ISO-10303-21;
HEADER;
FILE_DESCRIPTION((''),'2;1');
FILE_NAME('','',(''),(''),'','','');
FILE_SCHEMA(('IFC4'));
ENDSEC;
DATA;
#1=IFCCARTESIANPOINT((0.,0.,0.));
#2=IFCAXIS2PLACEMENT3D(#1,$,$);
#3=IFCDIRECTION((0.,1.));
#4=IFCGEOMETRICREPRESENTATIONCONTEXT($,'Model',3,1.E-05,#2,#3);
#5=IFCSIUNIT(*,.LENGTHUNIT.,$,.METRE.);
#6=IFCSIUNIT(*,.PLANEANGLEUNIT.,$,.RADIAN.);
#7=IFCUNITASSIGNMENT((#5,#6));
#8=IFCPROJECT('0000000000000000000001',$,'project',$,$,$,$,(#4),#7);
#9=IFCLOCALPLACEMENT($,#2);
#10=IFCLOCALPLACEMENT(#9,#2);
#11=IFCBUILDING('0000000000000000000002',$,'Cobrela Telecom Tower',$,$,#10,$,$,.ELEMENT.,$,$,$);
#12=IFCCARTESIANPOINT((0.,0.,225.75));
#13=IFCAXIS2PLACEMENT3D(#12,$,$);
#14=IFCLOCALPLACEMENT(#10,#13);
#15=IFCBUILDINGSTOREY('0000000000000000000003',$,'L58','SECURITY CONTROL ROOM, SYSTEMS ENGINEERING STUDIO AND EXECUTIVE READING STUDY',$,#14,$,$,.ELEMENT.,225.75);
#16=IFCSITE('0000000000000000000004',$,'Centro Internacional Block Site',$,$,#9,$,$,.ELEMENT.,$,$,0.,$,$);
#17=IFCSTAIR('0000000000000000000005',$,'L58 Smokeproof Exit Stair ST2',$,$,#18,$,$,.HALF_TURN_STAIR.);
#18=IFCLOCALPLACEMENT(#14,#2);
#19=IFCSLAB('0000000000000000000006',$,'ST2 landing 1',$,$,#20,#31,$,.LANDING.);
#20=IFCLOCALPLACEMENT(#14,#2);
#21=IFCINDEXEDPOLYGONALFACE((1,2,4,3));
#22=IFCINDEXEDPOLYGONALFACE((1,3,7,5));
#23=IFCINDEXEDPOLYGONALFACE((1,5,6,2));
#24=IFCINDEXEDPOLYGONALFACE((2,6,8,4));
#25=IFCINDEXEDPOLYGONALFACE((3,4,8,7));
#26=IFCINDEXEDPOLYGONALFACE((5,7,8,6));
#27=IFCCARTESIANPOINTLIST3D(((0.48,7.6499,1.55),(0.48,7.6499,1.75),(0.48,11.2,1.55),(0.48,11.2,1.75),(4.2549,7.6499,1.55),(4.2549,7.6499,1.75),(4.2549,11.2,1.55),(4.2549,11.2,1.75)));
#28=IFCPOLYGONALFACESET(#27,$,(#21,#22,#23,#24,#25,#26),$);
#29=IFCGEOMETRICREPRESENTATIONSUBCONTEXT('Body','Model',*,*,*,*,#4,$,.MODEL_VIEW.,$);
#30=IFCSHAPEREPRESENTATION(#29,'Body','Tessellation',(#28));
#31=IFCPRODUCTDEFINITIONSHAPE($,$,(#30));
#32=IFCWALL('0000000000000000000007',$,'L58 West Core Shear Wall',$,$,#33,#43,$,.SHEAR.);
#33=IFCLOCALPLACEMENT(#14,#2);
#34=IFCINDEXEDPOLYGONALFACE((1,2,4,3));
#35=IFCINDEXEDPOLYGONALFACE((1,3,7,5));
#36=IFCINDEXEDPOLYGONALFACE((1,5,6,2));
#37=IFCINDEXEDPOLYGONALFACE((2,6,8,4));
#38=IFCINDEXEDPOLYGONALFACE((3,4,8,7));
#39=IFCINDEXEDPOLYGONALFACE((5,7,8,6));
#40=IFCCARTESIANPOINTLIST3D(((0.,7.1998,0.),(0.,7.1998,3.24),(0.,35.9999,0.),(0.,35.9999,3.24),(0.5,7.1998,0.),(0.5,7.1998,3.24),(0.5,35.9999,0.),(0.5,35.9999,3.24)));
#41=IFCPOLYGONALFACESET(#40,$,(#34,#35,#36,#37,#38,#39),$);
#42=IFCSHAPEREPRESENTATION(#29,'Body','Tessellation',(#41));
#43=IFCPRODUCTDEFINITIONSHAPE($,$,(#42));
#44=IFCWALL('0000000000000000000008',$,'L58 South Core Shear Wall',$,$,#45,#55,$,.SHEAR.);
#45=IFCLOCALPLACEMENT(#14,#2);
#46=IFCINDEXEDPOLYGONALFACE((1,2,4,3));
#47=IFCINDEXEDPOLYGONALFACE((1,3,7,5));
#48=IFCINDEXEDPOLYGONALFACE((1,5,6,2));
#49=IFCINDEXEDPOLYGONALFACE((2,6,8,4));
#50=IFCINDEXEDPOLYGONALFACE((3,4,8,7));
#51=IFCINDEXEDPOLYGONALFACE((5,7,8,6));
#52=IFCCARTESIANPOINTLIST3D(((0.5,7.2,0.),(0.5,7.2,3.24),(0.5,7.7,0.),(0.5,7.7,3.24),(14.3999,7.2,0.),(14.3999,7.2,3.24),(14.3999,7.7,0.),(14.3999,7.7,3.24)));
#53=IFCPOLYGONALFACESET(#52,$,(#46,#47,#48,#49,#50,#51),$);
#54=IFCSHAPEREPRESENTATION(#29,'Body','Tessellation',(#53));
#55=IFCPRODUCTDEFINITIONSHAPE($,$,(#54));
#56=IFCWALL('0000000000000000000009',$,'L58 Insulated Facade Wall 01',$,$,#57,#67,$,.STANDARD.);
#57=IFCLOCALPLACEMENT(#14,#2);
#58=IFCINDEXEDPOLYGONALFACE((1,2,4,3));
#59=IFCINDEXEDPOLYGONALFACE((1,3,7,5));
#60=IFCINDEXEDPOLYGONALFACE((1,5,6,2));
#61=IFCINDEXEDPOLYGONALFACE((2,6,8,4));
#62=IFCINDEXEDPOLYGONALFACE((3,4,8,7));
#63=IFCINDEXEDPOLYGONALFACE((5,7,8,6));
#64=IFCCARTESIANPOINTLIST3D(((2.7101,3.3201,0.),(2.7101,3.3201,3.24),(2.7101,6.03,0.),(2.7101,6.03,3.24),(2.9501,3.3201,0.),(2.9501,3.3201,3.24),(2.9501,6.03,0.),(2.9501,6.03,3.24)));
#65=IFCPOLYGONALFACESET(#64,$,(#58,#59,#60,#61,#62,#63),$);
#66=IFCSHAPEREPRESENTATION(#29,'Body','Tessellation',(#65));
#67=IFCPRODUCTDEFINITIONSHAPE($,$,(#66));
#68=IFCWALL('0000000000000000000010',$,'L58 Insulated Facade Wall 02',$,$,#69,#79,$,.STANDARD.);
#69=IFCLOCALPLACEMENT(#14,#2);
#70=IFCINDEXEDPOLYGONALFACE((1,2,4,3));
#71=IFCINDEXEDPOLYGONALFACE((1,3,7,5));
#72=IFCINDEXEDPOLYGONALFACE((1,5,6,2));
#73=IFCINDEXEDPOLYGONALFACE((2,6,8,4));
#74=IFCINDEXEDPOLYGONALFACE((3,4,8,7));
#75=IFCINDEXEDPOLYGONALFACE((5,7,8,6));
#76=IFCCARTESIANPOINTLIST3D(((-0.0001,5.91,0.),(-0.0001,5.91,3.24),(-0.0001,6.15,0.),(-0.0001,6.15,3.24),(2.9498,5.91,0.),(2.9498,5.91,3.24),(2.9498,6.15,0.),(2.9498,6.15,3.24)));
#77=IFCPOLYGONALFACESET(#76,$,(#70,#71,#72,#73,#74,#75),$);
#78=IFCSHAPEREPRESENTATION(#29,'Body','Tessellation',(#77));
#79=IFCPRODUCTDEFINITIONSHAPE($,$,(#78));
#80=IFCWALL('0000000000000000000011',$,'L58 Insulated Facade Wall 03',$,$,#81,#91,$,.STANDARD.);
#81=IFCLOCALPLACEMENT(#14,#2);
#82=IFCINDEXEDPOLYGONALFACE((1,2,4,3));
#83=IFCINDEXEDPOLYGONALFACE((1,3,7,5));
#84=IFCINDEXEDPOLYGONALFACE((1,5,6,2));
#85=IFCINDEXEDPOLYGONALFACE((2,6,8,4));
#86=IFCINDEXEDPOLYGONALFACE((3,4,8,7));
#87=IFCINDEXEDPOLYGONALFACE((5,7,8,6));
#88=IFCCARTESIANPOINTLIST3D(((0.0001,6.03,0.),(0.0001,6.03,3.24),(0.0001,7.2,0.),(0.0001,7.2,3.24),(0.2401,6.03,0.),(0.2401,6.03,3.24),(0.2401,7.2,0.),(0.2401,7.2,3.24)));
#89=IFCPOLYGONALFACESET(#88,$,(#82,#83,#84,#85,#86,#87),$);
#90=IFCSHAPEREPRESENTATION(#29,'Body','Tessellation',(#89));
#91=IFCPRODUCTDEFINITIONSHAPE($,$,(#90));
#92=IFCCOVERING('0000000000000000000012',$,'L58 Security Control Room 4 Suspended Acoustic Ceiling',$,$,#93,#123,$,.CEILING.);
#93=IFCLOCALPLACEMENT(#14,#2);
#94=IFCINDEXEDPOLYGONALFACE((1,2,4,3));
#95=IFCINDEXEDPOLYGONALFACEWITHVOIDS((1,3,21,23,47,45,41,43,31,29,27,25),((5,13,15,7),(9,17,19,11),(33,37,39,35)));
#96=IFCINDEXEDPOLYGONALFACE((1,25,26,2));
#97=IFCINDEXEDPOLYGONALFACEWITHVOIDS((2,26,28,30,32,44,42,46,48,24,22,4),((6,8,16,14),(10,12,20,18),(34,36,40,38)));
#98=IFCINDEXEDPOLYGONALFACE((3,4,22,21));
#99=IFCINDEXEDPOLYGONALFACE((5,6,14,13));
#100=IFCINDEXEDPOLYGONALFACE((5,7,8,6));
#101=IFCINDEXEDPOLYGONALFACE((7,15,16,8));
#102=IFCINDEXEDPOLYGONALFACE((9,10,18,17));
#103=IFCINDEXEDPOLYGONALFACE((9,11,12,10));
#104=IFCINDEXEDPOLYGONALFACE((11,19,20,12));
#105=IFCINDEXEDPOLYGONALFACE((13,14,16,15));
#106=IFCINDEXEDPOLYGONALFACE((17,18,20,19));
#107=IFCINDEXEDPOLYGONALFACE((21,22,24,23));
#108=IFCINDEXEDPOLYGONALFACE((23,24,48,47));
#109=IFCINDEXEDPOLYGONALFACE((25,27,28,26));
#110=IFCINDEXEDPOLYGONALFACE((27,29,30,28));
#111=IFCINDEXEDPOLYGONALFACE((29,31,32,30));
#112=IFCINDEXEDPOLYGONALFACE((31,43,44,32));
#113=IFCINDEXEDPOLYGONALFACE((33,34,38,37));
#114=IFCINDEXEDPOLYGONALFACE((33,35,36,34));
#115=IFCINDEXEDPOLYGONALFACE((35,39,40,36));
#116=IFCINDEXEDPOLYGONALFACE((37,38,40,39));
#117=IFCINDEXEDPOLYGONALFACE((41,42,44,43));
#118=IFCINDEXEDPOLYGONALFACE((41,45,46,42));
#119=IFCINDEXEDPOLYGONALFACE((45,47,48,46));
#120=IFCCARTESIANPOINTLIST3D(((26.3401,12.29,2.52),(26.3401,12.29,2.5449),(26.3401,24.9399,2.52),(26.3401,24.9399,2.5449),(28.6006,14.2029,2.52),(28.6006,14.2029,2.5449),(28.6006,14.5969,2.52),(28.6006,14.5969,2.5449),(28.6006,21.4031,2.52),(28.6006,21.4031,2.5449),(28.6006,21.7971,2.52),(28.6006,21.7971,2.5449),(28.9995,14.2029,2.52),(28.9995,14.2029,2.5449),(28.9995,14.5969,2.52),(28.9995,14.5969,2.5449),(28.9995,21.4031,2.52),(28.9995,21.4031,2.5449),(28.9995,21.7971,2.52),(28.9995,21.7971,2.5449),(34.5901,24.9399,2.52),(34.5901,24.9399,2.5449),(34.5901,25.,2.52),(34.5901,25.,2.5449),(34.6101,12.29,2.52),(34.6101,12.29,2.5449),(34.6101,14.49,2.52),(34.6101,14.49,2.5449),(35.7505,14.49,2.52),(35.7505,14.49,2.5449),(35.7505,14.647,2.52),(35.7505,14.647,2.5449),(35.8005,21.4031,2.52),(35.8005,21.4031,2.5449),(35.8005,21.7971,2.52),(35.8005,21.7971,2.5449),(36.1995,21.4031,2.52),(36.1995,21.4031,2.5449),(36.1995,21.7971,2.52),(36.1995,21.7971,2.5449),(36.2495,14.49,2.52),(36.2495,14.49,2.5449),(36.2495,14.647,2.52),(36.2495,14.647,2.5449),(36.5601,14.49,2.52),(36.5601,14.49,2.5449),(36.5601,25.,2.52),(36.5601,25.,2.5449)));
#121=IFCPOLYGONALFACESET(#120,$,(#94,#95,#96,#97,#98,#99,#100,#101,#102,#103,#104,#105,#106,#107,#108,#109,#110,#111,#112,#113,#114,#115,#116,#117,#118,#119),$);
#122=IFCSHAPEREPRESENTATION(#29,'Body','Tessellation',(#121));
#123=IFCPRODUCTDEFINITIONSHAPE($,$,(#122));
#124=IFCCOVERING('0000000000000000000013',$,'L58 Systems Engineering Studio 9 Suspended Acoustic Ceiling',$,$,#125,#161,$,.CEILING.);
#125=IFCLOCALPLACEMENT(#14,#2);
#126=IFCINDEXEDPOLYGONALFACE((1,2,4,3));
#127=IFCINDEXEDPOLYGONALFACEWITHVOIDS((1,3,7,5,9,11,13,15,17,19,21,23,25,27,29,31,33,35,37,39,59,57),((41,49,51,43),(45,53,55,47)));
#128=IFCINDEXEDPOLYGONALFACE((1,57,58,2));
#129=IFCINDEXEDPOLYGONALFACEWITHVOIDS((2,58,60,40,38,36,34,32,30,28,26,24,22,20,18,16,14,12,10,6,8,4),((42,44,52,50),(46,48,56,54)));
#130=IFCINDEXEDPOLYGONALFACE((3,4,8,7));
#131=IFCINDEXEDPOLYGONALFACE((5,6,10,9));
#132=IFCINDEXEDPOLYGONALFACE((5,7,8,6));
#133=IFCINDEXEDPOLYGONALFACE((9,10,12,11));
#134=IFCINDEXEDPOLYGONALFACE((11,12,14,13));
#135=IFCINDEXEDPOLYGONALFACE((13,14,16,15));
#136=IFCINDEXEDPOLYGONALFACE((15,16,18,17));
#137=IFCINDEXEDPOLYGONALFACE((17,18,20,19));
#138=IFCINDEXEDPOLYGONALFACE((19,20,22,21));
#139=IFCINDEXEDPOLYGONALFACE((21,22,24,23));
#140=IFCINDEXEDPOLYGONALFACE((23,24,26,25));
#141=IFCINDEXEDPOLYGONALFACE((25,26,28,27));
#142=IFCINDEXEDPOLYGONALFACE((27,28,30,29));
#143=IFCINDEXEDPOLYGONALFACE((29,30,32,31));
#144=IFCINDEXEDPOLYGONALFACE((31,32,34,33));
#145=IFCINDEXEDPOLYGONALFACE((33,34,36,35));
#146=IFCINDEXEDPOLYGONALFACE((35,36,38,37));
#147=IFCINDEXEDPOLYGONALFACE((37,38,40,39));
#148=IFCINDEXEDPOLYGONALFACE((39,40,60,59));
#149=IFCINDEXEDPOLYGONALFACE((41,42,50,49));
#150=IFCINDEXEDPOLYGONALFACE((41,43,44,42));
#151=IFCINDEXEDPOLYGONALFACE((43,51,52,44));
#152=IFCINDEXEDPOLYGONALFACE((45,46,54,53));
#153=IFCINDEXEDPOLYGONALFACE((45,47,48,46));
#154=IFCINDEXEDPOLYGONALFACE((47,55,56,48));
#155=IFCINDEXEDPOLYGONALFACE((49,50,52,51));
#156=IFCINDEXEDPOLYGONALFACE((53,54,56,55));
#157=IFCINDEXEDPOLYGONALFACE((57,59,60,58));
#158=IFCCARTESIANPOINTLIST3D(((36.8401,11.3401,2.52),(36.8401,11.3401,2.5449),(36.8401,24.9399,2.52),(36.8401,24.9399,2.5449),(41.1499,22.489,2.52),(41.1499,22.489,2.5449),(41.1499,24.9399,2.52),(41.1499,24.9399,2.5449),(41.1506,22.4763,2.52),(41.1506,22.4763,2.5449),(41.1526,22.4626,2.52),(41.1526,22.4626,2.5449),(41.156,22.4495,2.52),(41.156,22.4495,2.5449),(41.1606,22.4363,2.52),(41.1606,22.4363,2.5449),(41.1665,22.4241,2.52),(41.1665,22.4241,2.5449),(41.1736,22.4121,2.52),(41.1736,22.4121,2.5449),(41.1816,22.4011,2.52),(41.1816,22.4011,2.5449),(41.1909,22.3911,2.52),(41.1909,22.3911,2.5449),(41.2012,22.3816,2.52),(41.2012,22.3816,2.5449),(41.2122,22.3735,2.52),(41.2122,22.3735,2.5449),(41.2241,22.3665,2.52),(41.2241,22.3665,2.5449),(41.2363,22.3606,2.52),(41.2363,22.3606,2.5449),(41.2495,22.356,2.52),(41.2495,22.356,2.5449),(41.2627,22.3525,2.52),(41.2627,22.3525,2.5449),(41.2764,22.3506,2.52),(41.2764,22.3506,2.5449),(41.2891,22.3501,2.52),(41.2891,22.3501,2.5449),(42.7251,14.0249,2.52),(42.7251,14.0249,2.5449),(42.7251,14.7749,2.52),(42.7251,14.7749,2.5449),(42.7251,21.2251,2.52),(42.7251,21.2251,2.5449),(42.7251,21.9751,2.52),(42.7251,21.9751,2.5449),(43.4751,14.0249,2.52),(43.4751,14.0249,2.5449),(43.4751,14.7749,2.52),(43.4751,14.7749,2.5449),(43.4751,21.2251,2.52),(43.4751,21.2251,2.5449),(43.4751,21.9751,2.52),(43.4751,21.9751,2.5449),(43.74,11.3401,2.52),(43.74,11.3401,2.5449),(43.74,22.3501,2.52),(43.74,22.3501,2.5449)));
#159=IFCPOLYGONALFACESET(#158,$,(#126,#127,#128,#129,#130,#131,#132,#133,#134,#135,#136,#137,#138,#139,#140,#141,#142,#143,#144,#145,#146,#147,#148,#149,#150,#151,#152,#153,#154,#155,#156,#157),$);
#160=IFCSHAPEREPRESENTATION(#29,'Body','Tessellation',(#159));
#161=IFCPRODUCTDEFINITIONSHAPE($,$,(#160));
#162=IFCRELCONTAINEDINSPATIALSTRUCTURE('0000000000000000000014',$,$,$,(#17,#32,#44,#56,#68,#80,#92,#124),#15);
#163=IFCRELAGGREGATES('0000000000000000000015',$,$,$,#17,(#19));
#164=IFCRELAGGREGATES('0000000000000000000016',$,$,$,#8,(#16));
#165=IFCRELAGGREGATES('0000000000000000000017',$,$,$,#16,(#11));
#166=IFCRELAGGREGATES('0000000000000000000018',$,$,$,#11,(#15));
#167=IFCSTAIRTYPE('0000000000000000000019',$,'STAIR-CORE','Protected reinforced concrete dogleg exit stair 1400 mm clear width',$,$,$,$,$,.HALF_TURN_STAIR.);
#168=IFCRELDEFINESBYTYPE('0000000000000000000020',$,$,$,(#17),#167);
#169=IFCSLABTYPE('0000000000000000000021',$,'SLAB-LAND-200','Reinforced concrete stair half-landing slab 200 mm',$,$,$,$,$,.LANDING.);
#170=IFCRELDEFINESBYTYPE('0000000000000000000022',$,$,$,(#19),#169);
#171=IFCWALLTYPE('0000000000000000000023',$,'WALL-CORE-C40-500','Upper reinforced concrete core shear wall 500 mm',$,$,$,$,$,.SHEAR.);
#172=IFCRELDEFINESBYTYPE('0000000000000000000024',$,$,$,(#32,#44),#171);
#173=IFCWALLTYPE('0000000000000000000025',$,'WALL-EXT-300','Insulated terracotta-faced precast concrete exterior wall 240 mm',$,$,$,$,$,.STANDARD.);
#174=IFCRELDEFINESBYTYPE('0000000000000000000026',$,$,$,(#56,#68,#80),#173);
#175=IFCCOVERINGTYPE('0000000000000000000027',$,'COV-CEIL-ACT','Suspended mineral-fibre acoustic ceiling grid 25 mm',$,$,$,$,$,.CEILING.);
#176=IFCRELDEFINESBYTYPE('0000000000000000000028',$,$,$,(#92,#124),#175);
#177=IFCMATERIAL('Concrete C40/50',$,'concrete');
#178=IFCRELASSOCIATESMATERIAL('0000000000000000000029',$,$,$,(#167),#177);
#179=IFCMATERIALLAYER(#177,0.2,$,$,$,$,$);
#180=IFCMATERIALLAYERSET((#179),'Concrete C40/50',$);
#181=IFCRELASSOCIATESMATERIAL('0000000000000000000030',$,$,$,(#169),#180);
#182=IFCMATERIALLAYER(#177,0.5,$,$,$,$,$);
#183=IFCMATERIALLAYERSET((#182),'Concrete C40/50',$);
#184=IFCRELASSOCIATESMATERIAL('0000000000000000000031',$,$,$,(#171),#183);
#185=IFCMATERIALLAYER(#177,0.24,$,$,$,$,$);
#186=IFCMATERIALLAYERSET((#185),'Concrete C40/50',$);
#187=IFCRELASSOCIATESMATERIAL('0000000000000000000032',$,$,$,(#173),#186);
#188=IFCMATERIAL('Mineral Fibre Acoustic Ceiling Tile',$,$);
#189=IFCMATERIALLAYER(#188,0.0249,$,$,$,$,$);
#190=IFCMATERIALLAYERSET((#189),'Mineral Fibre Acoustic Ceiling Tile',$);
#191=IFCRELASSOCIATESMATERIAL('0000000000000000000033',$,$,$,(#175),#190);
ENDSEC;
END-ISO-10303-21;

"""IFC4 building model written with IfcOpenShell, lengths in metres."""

from ifc_helpers import new_model, si_unit, direction, frame, frame_2d, origin, place, context, subcontext, project, spatial, polyline, rectangle, outline, extrude, material, layer, layer_set, type_object, element, aggregate, save


model = new_model("IFC4")

# Units and contexts
model_context = context("Model", 3, precision=1e-05, world=origin(), true_north=direction((0.0, 1.0)))
body_context = subcontext(model_context, "Body", "Model", "MODEL_VIEW")
ifc_project = project(units=[si_unit("LENGTHUNIT", "METRE"), si_unit("PLANEANGLEUNIT", "RADIAN")], contexts=[model_context])

# Site, building, storey
site_placement = place(None, origin())
site = spatial("IfcSite", under=ifc_project, at=site_placement, Name="Centro Internacional Block Site", CompositionType="ELEMENT", RefElevation=0.0)
building_placement = place(site_placement, origin())
building = spatial("IfcBuilding", under=site, at=building_placement, Name="Cobrela Telecom Tower", CompositionType="ELEMENT")
storey_placement = place(building_placement, frame((0.0, 0.0, 225.75)))
storey = spatial("IfcBuildingStorey", under=building, at=storey_placement, Name="L58", Description="SECURITY CONTROL ROOM, SYSTEMS ENGINEERING STUDIO AND EXECUTIVE READING STUDY", CompositionType="ELEMENT", Elevation=225.75)

# Shared definitions
ifc_material_1 = material(Name="Concrete C40/50", Category="concrete")

# Stair, slab
stair_type = type_object("IfcStairType", Name="STAIR-CORE", Description="Protected reinforced concrete dogleg exit stair 1400 mm clear width", PredefinedType="HALF_TURN_STAIR", material=ifc_material_1)
ifc_layer_1 = layer(ifc_material_1, 0.2)
ifc_layer_set_1 = layer_set([ifc_layer_1], Name="Concrete C40/50")
slab_type_1 = type_object("IfcSlabType", Name="SLAB-LAND-200", Description="Reinforced concrete stair half-landing slab 200 mm", PredefinedType="LANDING", material=ifc_layer_set_1)
stair_1_placement = place(storey_placement, origin())
stair_1 = element("IfcStair", 1, at=stair_1_placement, inside=storey, type_object=stair_type, Name="L58 Smokeproof Exit Stair ST2", PredefinedType="HALF_TURN_STAIR")
slab_1_placement = place(storey_placement, frame((0.0, 0.0, 1.55)))
slab_1 = element("IfcSlab", 2, at=slab_1_placement, type_object=slab_type_1, Name="ST2 landing 1", PredefinedType="LANDING", context=body_context, shape_type="SweptSolid", body=[
    extrude(outline(polyline([(4.2549, 11.2), (0.48, 11.2), (0.48, 7.6499), (4.2549, 7.6499), (4.2549, 11.2)])), origin(), (0.0, 0.0, 1.0), 0.2),
])
aggregate(stair_1, [slab_1])

# Walls
ifc_layer_2 = layer(ifc_material_1, 0.5)
ifc_layer_set_2 = layer_set([ifc_layer_2], Name="Concrete C40/50")
wall_type_1 = type_object("IfcWallType", Name="WALL-CORE-C40-500", Description="Upper reinforced concrete core shear wall 500 mm", PredefinedType="SHEAR", material=ifc_layer_set_2)
wall_1_placement = place(storey_placement, frame((0.25, 7.2, 0.0), z_axis=(0.0, 0.0, 1.0), x_axis=(0.0, 1.0, 0.0)))
element("IfcWall", 3, at=wall_1_placement, inside=storey, type_object=wall_type_1, Name="L58 West Core Shear Wall", PredefinedType="SHEAR", context=body_context, shape_type="SweptSolid", body=[
    extrude(rectangle(XDim=28.8, YDim=0.5, at=frame_2d((14.3999, 0.0))), origin(), (0.0, 0.0, 1.0), 3.24),
])
wall_2_placement = place(storey_placement, frame((0.5, 7.45, 0.0), z_axis=(0.0, 0.0, 1.0), x_axis=(1.0, 0.0, 0.0)))
element("IfcWall", 4, at=wall_2_placement, inside=storey, type_object=wall_type_1, Name="L58 South Core Shear Wall", PredefinedType="SHEAR", context=body_context, shape_type="SweptSolid", body=[
    extrude(rectangle(XDim=13.8999, YDim=0.5, at=frame_2d((6.95, 0.0))), origin(), (0.0, 0.0, 1.0), 3.24),
])
ifc_layer_3 = layer(ifc_material_1, 0.24)
ifc_layer_set_3 = layer_set([ifc_layer_3], Name="Concrete C40/50")
wall_type_2 = type_object("IfcWallType", Name="WALL-EXT-300", Description="Insulated terracotta-faced precast concrete exterior wall 240 mm", PredefinedType="STANDARD", material=ifc_layer_set_3)
wall_3_placement = place(storey_placement, frame((2.8301, 3.3201, 0.0), z_axis=(0.0, 0.0, 1.0), x_axis=(0.0, 1.0, 0.0)))
element("IfcWall", 5, at=wall_3_placement, inside=storey, type_object=wall_type_2, Name="L58 Insulated Facade Wall 01", PredefinedType="STANDARD", context=body_context, shape_type="SweptSolid", body=[
    extrude(rectangle(XDim=2.71, YDim=0.24, at=frame_2d((1.355, 0.0))), origin(), (0.0, 0.0, 1.0), 3.24),
])
wall_4_placement = place(storey_placement, frame((2.95, 6.03, 0.0), z_axis=(0.0, 0.0, 1.0), x_axis=(-1.0, 0.0, 0.0)))
element("IfcWall", 6, at=wall_4_placement, inside=storey, type_object=wall_type_2, Name="L58 Insulated Facade Wall 02", PredefinedType="STANDARD", context=body_context, shape_type="SweptSolid", body=[
    extrude(rectangle(XDim=2.95, YDim=0.24, at=frame_2d((1.4751, 0.0))), origin(), (0.0, 0.0, 1.0), 3.24),
])
wall_5_placement = place(storey_placement, frame((0.1201, 6.03, 0.0), z_axis=(0.0, 0.0, 1.0), x_axis=(0.0, 1.0, 0.0)))
element("IfcWall", 7, at=wall_5_placement, inside=storey, type_object=wall_type_2, Name="L58 Insulated Facade Wall 03", PredefinedType="STANDARD", context=body_context, shape_type="SweptSolid", body=[
    extrude(rectangle(XDim=1.1699, YDim=0.24, at=frame_2d((0.585, 0.0))), origin(), (0.0, 0.0, 1.0), 3.24),
])

# Coverings
ifc_material_2 = material(Name="Mineral Fibre Acoustic Ceiling Tile")
ifc_layer_4 = layer(ifc_material_2, 0.0249)
ifc_layer_set_4 = layer_set([ifc_layer_4], Name="Mineral Fibre Acoustic Ceiling Tile")
covering_type_1 = type_object("IfcCoveringType", Name="COV-CEIL-ACT", Description="Suspended mineral-fibre acoustic ceiling grid 25 mm", PredefinedType="CEILING", material=ifc_layer_set_4)
covering_1_placement = place(storey_placement, frame((0.0, 0.0, 2.52)))
element("IfcCovering", 8, at=covering_1_placement, inside=storey, type_object=covering_type_1, Name="L58 Security Control Room 4 Suspended Acoustic Ceiling", PredefinedType="CEILING", context=body_context, shape_type="SweptSolid", body=[
    extrude(outline(polyline([(36.5601, 14.49), (36.2495, 14.49), (36.2495, 14.647), (35.7505, 14.647), (35.7505, 14.49), (34.6101, 14.49), (34.6101, 12.29), (26.3401, 12.29), (26.3401, 24.9399), (34.5901, 24.9399), (34.5901, 25.0), (36.5601, 25.0), (36.5601, 14.49)]), holes=[polyline([(28.9995, 14.5969), (28.6006, 14.5969), (28.6006, 14.2029), (28.9995, 14.2029), (28.9995, 14.5969)]), polyline([(28.9995, 21.7971), (28.6006, 21.7971), (28.6006, 21.4031), (28.9995, 21.4031), (28.9995, 21.7971)]), polyline([(36.1995, 21.4031), (36.1995, 21.7971), (35.8005, 21.7971), (35.8005, 21.4031), (36.1995, 21.4031)])]), origin(), (0.0, 0.0, 1.0), 0.0249),
])
covering_2_placement = place(storey_placement, frame((0.0, 0.0, 2.52)))
element("IfcCovering", 9, at=covering_2_placement, inside=storey, type_object=covering_type_1, Name="L58 Systems Engineering Studio 9 Suspended Acoustic Ceiling", PredefinedType="CEILING", context=body_context, shape_type="SweptSolid", body=[
    extrude(outline(polyline([(41.1499, 24.9399), (41.1499, 22.489), (41.1506, 22.4763), (41.1526, 22.4626), (41.156, 22.4495), (41.1606, 22.4363), (41.1665, 22.4241), (41.1736, 22.4121), (41.1816, 22.4011), (41.1909, 22.3911), (41.2012, 22.3816), (41.2122, 22.3735), (41.2241, 22.3665), (41.2363, 22.3606), (41.2495, 22.356), (41.2627, 22.3525), (41.2764, 22.3506), (41.2891, 22.3501), (43.74, 22.3501), (43.74, 11.3401), (36.8401, 11.3401), (36.8401, 24.9399), (41.1499, 24.9399)]), holes=[polyline([(43.4751, 14.0249), (43.4751, 14.7749), (42.7251, 14.7749), (42.7251, 14.0249), (43.4751, 14.0249)]), polyline([(43.4751, 21.2251), (43.4751, 21.9751), (42.7251, 21.9751), (42.7251, 21.2251), (43.4751, 21.2251)])]), origin(), (0.0, 0.0, 1.0), 0.0249),
])

save(model, "model.ifc")
